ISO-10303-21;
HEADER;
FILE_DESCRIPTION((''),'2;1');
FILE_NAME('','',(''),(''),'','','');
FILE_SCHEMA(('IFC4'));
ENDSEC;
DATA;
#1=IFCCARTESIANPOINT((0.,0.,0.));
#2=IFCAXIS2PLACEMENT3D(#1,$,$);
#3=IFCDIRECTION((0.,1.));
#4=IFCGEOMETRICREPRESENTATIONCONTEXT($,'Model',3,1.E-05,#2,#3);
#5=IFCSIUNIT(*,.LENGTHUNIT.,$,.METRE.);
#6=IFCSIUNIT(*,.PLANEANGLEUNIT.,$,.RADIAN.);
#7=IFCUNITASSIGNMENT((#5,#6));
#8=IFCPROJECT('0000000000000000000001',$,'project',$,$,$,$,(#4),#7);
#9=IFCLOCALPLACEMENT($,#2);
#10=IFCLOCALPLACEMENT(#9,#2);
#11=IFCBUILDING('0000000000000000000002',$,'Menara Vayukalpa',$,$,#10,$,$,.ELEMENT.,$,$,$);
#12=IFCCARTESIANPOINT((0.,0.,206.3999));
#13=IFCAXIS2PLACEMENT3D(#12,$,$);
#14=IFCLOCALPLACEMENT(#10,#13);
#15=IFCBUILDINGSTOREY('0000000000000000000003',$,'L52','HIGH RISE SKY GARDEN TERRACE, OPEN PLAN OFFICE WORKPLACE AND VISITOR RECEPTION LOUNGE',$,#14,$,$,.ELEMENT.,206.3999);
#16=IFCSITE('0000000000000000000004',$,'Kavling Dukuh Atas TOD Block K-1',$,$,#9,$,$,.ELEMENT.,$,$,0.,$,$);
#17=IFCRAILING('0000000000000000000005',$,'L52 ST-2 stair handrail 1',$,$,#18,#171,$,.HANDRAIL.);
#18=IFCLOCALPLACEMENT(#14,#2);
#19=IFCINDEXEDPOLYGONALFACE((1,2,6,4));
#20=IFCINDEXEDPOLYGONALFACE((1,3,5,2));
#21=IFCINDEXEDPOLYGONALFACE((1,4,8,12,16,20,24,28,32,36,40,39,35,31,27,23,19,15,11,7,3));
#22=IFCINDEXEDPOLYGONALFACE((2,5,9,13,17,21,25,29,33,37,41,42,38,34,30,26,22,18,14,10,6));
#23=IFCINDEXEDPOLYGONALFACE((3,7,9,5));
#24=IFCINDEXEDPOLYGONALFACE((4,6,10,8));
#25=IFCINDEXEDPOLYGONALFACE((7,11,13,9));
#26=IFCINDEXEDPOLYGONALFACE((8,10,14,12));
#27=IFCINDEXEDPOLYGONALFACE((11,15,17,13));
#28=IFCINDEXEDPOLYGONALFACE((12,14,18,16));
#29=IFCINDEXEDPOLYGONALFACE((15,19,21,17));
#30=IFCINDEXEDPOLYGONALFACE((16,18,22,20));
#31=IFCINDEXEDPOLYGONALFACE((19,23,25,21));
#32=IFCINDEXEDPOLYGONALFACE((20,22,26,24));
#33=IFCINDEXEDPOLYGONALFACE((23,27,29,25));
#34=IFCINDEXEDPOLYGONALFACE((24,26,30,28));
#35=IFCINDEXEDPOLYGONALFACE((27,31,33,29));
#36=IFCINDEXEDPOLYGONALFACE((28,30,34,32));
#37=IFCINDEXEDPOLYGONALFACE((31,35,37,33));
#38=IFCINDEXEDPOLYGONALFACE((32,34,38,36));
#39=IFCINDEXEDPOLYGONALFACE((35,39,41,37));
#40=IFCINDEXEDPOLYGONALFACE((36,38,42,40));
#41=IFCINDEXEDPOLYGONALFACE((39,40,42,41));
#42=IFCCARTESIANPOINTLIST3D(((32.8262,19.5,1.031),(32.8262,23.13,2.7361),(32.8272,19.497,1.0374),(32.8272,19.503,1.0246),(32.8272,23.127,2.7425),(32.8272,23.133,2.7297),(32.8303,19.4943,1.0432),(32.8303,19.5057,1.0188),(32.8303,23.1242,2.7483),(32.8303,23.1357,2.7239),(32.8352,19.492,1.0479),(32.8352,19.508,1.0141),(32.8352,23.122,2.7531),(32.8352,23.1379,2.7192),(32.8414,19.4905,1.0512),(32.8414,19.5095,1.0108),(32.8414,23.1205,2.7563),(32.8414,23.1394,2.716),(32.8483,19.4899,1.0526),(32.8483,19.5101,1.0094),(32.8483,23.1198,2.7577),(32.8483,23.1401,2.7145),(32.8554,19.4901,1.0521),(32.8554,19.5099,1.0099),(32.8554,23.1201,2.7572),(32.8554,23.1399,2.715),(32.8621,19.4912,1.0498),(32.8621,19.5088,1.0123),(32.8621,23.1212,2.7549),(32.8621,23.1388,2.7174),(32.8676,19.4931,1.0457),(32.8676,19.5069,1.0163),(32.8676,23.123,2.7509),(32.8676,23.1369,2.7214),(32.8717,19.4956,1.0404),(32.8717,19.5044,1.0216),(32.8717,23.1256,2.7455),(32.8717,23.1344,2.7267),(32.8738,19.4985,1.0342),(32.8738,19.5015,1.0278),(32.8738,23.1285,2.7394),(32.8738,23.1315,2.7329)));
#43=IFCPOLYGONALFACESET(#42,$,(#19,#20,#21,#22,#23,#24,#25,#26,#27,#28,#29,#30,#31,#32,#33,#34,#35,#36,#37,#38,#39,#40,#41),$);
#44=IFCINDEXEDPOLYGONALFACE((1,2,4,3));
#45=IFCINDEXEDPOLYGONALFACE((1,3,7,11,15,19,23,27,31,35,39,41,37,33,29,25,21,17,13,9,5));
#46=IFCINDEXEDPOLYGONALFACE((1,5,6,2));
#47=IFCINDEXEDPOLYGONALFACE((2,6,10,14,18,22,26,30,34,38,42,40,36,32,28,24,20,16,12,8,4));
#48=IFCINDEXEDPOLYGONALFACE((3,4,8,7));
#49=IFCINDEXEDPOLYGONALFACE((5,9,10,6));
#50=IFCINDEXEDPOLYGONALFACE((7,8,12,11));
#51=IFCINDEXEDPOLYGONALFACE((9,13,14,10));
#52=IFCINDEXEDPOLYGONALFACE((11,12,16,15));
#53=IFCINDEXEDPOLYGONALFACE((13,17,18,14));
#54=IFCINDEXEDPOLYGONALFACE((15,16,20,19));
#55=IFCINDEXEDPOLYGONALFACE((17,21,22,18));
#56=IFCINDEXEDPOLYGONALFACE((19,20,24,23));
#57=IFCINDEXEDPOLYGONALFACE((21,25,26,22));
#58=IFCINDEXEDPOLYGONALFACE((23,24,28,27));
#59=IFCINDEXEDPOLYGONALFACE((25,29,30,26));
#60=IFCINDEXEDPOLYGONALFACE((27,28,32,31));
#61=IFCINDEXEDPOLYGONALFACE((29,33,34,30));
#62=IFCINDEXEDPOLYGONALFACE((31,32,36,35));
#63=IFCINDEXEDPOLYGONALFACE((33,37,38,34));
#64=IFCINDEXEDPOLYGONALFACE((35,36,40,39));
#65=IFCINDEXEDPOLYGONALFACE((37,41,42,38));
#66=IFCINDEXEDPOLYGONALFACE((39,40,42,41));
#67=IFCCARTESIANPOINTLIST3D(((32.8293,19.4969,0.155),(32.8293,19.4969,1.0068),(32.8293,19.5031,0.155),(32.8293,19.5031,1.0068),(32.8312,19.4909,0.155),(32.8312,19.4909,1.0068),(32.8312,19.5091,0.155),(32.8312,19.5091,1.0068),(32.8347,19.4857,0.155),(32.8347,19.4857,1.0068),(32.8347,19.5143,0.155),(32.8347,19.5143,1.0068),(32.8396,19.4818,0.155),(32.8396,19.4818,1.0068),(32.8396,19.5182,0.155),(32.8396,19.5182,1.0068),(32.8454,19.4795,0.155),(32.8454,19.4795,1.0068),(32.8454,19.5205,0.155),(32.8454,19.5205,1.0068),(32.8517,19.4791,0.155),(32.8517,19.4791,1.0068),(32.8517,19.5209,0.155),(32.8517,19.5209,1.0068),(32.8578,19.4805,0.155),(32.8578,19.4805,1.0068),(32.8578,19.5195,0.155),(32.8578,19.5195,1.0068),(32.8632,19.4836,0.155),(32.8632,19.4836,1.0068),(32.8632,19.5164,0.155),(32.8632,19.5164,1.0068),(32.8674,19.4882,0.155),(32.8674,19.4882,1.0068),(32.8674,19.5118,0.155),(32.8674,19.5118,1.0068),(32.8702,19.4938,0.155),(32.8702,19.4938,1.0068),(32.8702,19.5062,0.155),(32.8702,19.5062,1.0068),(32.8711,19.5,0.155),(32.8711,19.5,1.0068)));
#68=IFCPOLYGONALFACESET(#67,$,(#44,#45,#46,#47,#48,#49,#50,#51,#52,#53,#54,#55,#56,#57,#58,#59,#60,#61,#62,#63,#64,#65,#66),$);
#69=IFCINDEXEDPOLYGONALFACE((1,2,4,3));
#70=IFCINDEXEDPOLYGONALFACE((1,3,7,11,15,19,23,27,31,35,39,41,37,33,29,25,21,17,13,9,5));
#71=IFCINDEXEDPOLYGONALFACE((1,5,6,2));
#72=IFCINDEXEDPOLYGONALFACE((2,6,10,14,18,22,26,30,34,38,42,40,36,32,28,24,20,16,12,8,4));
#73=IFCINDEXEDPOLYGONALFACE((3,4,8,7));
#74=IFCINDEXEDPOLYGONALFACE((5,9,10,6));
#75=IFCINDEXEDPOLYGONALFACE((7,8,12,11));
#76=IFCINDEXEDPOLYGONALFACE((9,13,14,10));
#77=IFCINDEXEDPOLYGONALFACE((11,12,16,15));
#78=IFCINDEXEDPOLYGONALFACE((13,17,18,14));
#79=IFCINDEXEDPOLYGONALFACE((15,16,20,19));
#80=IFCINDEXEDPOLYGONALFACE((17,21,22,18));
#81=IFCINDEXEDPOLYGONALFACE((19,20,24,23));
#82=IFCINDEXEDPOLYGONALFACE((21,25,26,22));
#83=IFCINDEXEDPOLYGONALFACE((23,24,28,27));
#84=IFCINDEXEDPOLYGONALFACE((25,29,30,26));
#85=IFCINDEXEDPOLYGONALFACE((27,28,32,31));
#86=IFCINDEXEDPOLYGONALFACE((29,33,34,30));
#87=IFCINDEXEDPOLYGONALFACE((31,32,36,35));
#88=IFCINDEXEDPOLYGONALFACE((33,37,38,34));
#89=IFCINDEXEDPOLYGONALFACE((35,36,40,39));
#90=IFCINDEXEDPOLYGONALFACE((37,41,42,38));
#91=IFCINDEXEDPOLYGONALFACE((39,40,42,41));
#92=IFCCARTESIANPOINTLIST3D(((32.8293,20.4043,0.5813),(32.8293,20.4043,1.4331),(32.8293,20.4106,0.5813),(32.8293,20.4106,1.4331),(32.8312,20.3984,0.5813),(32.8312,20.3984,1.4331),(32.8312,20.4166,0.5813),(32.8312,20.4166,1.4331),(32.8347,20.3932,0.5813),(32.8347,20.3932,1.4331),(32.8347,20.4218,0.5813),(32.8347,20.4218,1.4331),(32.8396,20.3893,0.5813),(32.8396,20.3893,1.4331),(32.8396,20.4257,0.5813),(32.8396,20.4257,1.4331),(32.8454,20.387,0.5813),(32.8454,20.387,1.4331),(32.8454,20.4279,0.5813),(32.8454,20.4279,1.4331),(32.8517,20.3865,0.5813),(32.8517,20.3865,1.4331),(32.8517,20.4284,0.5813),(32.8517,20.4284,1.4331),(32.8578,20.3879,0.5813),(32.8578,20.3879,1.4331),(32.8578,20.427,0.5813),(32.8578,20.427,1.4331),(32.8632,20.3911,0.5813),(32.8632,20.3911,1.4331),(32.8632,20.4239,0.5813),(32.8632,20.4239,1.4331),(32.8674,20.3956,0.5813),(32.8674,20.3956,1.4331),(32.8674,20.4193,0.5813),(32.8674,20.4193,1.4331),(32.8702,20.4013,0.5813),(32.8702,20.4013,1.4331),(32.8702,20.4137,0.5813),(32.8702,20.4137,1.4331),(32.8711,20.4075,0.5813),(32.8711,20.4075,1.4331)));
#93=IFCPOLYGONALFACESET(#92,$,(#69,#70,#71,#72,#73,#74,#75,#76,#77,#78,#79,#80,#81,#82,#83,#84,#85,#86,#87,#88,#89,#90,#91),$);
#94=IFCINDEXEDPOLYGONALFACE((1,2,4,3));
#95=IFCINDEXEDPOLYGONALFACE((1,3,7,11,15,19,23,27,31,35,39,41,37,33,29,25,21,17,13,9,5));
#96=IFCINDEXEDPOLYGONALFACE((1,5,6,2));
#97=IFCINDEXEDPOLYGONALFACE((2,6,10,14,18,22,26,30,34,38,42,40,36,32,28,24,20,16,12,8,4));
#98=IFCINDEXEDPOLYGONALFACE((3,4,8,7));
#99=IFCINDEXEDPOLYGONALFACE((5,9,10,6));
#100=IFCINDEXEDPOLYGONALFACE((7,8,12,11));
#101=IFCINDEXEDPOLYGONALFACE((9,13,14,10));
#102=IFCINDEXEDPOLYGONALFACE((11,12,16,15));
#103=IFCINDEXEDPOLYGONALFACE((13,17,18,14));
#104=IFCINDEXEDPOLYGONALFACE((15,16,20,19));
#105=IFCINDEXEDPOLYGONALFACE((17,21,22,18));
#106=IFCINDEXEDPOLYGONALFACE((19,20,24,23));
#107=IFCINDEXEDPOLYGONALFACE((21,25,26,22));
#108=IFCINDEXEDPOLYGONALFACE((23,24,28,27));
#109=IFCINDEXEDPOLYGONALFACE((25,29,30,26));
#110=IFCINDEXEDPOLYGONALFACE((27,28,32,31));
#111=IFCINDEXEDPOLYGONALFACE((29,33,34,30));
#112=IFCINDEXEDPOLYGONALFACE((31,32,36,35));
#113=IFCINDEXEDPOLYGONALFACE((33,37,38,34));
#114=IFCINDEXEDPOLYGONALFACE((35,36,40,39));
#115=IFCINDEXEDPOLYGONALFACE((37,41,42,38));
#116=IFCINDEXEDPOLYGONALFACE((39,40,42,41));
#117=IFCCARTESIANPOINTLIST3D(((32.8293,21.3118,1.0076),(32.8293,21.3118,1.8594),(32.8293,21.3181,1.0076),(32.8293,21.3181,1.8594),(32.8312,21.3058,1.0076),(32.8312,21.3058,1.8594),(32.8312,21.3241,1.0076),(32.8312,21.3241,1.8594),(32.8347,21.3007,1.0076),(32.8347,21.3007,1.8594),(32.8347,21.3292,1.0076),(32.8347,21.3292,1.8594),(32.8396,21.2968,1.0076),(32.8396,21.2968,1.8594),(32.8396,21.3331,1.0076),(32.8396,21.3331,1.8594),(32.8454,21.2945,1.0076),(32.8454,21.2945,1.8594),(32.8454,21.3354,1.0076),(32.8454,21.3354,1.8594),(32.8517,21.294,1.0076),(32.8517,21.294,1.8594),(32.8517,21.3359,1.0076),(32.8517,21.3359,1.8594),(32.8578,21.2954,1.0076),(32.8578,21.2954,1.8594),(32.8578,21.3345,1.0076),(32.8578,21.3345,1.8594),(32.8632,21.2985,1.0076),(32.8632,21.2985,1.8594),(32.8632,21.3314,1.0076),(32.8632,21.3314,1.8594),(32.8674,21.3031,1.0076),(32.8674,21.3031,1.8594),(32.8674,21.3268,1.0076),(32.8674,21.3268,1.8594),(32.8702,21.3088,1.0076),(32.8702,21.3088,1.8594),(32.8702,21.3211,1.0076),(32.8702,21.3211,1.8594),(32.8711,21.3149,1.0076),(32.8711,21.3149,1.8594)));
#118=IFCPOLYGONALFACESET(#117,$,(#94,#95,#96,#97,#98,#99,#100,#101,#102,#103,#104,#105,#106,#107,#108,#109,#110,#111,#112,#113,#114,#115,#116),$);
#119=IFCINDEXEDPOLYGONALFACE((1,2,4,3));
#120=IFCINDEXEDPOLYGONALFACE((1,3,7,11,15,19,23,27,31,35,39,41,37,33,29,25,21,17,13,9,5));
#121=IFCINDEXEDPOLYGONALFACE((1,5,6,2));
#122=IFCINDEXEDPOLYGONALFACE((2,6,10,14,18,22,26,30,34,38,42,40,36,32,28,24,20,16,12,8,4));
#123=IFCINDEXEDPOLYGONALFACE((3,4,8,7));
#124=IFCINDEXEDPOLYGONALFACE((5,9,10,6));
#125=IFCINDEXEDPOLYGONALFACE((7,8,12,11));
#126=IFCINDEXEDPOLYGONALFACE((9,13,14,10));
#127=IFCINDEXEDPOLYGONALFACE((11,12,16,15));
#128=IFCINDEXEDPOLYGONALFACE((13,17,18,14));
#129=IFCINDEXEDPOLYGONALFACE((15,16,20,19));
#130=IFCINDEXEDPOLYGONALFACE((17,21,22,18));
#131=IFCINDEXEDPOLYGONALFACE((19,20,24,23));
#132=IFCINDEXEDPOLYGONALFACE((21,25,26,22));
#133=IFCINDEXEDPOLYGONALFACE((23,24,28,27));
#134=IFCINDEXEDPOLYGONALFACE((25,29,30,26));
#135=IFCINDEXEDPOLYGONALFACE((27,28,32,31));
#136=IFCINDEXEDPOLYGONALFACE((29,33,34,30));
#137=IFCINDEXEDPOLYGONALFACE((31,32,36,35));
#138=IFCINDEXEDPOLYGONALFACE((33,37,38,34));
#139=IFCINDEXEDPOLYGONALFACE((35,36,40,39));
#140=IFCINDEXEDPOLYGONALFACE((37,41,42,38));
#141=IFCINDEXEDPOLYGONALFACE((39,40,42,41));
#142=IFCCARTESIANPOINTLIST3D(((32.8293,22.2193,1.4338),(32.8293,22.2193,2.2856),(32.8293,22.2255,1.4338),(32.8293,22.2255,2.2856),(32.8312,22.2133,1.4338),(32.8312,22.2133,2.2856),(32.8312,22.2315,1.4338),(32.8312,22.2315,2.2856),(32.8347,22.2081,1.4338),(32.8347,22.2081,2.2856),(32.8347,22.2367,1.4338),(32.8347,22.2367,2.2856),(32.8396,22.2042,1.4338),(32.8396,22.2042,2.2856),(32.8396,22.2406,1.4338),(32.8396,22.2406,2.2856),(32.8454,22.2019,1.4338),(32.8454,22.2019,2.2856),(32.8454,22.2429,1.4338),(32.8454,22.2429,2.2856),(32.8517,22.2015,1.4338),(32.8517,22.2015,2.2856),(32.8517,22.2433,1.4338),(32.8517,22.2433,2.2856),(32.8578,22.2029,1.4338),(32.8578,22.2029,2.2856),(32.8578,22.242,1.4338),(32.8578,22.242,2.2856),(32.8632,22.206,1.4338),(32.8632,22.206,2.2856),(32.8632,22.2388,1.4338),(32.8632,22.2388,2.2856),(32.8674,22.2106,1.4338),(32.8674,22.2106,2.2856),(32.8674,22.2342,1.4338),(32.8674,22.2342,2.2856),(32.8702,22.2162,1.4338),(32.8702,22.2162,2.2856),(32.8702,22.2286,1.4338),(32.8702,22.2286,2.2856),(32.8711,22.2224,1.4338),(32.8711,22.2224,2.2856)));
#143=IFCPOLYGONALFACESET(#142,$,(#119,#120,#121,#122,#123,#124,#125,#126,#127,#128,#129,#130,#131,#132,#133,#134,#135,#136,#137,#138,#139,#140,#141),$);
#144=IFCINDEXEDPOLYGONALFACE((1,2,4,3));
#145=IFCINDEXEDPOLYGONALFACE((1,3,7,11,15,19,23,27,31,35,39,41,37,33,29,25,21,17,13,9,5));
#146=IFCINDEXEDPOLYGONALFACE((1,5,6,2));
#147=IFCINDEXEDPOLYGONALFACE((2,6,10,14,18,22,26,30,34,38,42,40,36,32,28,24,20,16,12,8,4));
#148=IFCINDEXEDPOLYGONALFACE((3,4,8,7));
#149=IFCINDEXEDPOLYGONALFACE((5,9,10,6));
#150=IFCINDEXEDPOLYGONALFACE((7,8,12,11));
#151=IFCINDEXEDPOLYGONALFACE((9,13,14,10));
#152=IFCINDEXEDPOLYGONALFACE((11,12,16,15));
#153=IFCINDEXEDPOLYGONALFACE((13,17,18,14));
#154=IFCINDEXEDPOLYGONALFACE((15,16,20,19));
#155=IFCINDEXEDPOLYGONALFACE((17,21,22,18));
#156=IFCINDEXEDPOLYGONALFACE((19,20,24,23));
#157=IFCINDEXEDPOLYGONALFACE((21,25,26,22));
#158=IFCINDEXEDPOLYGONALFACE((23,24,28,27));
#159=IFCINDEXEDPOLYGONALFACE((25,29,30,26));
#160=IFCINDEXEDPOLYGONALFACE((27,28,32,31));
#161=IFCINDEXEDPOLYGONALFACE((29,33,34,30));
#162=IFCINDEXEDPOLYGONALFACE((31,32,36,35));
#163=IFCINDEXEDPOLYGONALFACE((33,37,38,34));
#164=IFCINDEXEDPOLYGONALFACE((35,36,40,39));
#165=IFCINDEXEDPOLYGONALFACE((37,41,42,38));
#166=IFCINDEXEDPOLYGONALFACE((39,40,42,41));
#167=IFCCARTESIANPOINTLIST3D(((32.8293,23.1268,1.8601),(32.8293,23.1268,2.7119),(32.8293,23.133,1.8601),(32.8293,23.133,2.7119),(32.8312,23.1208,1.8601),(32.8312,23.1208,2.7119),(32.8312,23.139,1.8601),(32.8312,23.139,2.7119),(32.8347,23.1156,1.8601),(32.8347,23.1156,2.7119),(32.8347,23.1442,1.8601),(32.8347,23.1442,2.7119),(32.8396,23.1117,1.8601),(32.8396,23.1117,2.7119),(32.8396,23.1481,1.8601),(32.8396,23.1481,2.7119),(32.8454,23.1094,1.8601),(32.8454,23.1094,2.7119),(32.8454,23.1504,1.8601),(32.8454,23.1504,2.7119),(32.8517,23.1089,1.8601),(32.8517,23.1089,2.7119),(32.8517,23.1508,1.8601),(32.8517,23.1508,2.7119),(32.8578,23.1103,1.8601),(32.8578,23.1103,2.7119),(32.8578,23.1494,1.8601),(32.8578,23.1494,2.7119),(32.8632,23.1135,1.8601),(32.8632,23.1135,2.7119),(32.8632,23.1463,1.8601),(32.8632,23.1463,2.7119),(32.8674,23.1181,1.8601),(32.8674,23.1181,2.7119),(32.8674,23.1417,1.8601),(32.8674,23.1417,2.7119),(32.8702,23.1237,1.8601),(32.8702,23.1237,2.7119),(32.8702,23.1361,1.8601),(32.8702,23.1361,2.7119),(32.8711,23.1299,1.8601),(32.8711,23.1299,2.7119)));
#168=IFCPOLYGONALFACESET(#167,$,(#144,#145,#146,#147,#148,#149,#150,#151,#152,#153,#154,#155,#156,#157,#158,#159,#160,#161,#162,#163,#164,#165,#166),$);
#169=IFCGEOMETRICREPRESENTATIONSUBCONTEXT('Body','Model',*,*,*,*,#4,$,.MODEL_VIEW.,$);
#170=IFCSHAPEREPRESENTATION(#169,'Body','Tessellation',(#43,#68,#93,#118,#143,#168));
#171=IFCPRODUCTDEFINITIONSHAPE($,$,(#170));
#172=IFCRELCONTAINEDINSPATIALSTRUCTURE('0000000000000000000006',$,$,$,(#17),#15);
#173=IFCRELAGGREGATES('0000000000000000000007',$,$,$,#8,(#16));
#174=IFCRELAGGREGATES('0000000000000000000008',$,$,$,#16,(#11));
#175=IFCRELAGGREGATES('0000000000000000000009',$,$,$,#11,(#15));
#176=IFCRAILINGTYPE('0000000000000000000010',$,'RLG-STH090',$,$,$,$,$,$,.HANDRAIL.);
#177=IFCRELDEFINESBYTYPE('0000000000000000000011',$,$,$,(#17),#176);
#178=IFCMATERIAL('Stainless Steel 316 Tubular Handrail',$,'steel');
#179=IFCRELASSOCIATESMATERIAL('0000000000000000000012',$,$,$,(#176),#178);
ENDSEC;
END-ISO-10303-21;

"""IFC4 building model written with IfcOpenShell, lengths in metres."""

from ifc_helpers import new_model, si_unit, direction, frame, origin, origin_2d, place, context, subcontext, project, spatial, circle, extrude, material, type_object, element, save


model = new_model("IFC4")

# Units and contexts
model_context = context("Model", 3, precision=1e-05, world=origin(), true_north=direction((0.0, 1.0)))
body_context = subcontext(model_context, "Body", "Model", "MODEL_VIEW")
ifc_project = project(units=[si_unit("LENGTHUNIT", "METRE"), si_unit("PLANEANGLEUNIT", "RADIAN")], contexts=[model_context])

# Site, building, storey
site_placement = place(None, origin())
site = spatial("IfcSite", under=ifc_project, at=site_placement, Name="Kavling Dukuh Atas TOD Block K-1", CompositionType="ELEMENT", RefElevation=0.0)
building_placement = place(site_placement, origin())
building = spatial("IfcBuilding", under=site, at=building_placement, Name="Menara Vayukalpa", CompositionType="ELEMENT")
storey_placement = place(building_placement, frame((0.0, 0.0, 206.3999)))
storey = spatial("IfcBuildingStorey", under=building, at=storey_placement, Name="L52", Description="HIGH RISE SKY GARDEN TERRACE, OPEN PLAN OFFICE WORKPLACE AND VISITOR RECEPTION LOUNGE", CompositionType="ELEMENT", Elevation=206.3999)

# Railing
ifc_material_1 = material(Name="Stainless Steel 316 Tubular Handrail", Category="steel")
railing_type_1 = type_object("IfcRailingType", Name="RLG-STH090", PredefinedType="HANDRAIL", material=ifc_material_1)
railing_1_placement = place(storey_placement, frame((32.8501, 19.5, 0.155)))
element("IfcRailing", 1, at=railing_1_placement, inside=storey, type_object=railing_type_1, Name="L52 ST-2 stair handrail 1", PredefinedType="HANDRAIL", context=body_context, shape_type="SweptSolid", body=[
    extrude(circle(Radius=0.0239, at=origin_2d()), frame((0.0, 0.0, 0.876), z_axis=(0.0, 0.905116, 0.425164), x_axis=(-1.0, 0.0, 0.0)), (0.0, 0.0, 1.0), 4.0105),
    extrude(circle(Radius=0.021, at=origin_2d()), origin(), (0.0, 0.0, 1.0), 0.8518),
    extrude(circle(Radius=0.021, at=origin_2d()), frame((0.0, 0.9075, 0.4263)), (0.0, 0.0, 1.0), 0.8518),
    extrude(circle(Radius=0.021, at=origin_2d()), frame((0.0, 1.8149, 0.8525)), (0.0, 0.0, 1.0), 0.8518),
    extrude(circle(Radius=0.021, at=origin_2d()), frame((0.0, 2.7224, 1.2788)), (0.0, 0.0, 1.0), 0.8518),
    extrude(circle(Radius=0.021, at=origin_2d()), frame((0.0, 3.6299, 1.7051)), (0.0, 0.0, 1.0), 0.8518),
])

save(model, "model.ifc")
